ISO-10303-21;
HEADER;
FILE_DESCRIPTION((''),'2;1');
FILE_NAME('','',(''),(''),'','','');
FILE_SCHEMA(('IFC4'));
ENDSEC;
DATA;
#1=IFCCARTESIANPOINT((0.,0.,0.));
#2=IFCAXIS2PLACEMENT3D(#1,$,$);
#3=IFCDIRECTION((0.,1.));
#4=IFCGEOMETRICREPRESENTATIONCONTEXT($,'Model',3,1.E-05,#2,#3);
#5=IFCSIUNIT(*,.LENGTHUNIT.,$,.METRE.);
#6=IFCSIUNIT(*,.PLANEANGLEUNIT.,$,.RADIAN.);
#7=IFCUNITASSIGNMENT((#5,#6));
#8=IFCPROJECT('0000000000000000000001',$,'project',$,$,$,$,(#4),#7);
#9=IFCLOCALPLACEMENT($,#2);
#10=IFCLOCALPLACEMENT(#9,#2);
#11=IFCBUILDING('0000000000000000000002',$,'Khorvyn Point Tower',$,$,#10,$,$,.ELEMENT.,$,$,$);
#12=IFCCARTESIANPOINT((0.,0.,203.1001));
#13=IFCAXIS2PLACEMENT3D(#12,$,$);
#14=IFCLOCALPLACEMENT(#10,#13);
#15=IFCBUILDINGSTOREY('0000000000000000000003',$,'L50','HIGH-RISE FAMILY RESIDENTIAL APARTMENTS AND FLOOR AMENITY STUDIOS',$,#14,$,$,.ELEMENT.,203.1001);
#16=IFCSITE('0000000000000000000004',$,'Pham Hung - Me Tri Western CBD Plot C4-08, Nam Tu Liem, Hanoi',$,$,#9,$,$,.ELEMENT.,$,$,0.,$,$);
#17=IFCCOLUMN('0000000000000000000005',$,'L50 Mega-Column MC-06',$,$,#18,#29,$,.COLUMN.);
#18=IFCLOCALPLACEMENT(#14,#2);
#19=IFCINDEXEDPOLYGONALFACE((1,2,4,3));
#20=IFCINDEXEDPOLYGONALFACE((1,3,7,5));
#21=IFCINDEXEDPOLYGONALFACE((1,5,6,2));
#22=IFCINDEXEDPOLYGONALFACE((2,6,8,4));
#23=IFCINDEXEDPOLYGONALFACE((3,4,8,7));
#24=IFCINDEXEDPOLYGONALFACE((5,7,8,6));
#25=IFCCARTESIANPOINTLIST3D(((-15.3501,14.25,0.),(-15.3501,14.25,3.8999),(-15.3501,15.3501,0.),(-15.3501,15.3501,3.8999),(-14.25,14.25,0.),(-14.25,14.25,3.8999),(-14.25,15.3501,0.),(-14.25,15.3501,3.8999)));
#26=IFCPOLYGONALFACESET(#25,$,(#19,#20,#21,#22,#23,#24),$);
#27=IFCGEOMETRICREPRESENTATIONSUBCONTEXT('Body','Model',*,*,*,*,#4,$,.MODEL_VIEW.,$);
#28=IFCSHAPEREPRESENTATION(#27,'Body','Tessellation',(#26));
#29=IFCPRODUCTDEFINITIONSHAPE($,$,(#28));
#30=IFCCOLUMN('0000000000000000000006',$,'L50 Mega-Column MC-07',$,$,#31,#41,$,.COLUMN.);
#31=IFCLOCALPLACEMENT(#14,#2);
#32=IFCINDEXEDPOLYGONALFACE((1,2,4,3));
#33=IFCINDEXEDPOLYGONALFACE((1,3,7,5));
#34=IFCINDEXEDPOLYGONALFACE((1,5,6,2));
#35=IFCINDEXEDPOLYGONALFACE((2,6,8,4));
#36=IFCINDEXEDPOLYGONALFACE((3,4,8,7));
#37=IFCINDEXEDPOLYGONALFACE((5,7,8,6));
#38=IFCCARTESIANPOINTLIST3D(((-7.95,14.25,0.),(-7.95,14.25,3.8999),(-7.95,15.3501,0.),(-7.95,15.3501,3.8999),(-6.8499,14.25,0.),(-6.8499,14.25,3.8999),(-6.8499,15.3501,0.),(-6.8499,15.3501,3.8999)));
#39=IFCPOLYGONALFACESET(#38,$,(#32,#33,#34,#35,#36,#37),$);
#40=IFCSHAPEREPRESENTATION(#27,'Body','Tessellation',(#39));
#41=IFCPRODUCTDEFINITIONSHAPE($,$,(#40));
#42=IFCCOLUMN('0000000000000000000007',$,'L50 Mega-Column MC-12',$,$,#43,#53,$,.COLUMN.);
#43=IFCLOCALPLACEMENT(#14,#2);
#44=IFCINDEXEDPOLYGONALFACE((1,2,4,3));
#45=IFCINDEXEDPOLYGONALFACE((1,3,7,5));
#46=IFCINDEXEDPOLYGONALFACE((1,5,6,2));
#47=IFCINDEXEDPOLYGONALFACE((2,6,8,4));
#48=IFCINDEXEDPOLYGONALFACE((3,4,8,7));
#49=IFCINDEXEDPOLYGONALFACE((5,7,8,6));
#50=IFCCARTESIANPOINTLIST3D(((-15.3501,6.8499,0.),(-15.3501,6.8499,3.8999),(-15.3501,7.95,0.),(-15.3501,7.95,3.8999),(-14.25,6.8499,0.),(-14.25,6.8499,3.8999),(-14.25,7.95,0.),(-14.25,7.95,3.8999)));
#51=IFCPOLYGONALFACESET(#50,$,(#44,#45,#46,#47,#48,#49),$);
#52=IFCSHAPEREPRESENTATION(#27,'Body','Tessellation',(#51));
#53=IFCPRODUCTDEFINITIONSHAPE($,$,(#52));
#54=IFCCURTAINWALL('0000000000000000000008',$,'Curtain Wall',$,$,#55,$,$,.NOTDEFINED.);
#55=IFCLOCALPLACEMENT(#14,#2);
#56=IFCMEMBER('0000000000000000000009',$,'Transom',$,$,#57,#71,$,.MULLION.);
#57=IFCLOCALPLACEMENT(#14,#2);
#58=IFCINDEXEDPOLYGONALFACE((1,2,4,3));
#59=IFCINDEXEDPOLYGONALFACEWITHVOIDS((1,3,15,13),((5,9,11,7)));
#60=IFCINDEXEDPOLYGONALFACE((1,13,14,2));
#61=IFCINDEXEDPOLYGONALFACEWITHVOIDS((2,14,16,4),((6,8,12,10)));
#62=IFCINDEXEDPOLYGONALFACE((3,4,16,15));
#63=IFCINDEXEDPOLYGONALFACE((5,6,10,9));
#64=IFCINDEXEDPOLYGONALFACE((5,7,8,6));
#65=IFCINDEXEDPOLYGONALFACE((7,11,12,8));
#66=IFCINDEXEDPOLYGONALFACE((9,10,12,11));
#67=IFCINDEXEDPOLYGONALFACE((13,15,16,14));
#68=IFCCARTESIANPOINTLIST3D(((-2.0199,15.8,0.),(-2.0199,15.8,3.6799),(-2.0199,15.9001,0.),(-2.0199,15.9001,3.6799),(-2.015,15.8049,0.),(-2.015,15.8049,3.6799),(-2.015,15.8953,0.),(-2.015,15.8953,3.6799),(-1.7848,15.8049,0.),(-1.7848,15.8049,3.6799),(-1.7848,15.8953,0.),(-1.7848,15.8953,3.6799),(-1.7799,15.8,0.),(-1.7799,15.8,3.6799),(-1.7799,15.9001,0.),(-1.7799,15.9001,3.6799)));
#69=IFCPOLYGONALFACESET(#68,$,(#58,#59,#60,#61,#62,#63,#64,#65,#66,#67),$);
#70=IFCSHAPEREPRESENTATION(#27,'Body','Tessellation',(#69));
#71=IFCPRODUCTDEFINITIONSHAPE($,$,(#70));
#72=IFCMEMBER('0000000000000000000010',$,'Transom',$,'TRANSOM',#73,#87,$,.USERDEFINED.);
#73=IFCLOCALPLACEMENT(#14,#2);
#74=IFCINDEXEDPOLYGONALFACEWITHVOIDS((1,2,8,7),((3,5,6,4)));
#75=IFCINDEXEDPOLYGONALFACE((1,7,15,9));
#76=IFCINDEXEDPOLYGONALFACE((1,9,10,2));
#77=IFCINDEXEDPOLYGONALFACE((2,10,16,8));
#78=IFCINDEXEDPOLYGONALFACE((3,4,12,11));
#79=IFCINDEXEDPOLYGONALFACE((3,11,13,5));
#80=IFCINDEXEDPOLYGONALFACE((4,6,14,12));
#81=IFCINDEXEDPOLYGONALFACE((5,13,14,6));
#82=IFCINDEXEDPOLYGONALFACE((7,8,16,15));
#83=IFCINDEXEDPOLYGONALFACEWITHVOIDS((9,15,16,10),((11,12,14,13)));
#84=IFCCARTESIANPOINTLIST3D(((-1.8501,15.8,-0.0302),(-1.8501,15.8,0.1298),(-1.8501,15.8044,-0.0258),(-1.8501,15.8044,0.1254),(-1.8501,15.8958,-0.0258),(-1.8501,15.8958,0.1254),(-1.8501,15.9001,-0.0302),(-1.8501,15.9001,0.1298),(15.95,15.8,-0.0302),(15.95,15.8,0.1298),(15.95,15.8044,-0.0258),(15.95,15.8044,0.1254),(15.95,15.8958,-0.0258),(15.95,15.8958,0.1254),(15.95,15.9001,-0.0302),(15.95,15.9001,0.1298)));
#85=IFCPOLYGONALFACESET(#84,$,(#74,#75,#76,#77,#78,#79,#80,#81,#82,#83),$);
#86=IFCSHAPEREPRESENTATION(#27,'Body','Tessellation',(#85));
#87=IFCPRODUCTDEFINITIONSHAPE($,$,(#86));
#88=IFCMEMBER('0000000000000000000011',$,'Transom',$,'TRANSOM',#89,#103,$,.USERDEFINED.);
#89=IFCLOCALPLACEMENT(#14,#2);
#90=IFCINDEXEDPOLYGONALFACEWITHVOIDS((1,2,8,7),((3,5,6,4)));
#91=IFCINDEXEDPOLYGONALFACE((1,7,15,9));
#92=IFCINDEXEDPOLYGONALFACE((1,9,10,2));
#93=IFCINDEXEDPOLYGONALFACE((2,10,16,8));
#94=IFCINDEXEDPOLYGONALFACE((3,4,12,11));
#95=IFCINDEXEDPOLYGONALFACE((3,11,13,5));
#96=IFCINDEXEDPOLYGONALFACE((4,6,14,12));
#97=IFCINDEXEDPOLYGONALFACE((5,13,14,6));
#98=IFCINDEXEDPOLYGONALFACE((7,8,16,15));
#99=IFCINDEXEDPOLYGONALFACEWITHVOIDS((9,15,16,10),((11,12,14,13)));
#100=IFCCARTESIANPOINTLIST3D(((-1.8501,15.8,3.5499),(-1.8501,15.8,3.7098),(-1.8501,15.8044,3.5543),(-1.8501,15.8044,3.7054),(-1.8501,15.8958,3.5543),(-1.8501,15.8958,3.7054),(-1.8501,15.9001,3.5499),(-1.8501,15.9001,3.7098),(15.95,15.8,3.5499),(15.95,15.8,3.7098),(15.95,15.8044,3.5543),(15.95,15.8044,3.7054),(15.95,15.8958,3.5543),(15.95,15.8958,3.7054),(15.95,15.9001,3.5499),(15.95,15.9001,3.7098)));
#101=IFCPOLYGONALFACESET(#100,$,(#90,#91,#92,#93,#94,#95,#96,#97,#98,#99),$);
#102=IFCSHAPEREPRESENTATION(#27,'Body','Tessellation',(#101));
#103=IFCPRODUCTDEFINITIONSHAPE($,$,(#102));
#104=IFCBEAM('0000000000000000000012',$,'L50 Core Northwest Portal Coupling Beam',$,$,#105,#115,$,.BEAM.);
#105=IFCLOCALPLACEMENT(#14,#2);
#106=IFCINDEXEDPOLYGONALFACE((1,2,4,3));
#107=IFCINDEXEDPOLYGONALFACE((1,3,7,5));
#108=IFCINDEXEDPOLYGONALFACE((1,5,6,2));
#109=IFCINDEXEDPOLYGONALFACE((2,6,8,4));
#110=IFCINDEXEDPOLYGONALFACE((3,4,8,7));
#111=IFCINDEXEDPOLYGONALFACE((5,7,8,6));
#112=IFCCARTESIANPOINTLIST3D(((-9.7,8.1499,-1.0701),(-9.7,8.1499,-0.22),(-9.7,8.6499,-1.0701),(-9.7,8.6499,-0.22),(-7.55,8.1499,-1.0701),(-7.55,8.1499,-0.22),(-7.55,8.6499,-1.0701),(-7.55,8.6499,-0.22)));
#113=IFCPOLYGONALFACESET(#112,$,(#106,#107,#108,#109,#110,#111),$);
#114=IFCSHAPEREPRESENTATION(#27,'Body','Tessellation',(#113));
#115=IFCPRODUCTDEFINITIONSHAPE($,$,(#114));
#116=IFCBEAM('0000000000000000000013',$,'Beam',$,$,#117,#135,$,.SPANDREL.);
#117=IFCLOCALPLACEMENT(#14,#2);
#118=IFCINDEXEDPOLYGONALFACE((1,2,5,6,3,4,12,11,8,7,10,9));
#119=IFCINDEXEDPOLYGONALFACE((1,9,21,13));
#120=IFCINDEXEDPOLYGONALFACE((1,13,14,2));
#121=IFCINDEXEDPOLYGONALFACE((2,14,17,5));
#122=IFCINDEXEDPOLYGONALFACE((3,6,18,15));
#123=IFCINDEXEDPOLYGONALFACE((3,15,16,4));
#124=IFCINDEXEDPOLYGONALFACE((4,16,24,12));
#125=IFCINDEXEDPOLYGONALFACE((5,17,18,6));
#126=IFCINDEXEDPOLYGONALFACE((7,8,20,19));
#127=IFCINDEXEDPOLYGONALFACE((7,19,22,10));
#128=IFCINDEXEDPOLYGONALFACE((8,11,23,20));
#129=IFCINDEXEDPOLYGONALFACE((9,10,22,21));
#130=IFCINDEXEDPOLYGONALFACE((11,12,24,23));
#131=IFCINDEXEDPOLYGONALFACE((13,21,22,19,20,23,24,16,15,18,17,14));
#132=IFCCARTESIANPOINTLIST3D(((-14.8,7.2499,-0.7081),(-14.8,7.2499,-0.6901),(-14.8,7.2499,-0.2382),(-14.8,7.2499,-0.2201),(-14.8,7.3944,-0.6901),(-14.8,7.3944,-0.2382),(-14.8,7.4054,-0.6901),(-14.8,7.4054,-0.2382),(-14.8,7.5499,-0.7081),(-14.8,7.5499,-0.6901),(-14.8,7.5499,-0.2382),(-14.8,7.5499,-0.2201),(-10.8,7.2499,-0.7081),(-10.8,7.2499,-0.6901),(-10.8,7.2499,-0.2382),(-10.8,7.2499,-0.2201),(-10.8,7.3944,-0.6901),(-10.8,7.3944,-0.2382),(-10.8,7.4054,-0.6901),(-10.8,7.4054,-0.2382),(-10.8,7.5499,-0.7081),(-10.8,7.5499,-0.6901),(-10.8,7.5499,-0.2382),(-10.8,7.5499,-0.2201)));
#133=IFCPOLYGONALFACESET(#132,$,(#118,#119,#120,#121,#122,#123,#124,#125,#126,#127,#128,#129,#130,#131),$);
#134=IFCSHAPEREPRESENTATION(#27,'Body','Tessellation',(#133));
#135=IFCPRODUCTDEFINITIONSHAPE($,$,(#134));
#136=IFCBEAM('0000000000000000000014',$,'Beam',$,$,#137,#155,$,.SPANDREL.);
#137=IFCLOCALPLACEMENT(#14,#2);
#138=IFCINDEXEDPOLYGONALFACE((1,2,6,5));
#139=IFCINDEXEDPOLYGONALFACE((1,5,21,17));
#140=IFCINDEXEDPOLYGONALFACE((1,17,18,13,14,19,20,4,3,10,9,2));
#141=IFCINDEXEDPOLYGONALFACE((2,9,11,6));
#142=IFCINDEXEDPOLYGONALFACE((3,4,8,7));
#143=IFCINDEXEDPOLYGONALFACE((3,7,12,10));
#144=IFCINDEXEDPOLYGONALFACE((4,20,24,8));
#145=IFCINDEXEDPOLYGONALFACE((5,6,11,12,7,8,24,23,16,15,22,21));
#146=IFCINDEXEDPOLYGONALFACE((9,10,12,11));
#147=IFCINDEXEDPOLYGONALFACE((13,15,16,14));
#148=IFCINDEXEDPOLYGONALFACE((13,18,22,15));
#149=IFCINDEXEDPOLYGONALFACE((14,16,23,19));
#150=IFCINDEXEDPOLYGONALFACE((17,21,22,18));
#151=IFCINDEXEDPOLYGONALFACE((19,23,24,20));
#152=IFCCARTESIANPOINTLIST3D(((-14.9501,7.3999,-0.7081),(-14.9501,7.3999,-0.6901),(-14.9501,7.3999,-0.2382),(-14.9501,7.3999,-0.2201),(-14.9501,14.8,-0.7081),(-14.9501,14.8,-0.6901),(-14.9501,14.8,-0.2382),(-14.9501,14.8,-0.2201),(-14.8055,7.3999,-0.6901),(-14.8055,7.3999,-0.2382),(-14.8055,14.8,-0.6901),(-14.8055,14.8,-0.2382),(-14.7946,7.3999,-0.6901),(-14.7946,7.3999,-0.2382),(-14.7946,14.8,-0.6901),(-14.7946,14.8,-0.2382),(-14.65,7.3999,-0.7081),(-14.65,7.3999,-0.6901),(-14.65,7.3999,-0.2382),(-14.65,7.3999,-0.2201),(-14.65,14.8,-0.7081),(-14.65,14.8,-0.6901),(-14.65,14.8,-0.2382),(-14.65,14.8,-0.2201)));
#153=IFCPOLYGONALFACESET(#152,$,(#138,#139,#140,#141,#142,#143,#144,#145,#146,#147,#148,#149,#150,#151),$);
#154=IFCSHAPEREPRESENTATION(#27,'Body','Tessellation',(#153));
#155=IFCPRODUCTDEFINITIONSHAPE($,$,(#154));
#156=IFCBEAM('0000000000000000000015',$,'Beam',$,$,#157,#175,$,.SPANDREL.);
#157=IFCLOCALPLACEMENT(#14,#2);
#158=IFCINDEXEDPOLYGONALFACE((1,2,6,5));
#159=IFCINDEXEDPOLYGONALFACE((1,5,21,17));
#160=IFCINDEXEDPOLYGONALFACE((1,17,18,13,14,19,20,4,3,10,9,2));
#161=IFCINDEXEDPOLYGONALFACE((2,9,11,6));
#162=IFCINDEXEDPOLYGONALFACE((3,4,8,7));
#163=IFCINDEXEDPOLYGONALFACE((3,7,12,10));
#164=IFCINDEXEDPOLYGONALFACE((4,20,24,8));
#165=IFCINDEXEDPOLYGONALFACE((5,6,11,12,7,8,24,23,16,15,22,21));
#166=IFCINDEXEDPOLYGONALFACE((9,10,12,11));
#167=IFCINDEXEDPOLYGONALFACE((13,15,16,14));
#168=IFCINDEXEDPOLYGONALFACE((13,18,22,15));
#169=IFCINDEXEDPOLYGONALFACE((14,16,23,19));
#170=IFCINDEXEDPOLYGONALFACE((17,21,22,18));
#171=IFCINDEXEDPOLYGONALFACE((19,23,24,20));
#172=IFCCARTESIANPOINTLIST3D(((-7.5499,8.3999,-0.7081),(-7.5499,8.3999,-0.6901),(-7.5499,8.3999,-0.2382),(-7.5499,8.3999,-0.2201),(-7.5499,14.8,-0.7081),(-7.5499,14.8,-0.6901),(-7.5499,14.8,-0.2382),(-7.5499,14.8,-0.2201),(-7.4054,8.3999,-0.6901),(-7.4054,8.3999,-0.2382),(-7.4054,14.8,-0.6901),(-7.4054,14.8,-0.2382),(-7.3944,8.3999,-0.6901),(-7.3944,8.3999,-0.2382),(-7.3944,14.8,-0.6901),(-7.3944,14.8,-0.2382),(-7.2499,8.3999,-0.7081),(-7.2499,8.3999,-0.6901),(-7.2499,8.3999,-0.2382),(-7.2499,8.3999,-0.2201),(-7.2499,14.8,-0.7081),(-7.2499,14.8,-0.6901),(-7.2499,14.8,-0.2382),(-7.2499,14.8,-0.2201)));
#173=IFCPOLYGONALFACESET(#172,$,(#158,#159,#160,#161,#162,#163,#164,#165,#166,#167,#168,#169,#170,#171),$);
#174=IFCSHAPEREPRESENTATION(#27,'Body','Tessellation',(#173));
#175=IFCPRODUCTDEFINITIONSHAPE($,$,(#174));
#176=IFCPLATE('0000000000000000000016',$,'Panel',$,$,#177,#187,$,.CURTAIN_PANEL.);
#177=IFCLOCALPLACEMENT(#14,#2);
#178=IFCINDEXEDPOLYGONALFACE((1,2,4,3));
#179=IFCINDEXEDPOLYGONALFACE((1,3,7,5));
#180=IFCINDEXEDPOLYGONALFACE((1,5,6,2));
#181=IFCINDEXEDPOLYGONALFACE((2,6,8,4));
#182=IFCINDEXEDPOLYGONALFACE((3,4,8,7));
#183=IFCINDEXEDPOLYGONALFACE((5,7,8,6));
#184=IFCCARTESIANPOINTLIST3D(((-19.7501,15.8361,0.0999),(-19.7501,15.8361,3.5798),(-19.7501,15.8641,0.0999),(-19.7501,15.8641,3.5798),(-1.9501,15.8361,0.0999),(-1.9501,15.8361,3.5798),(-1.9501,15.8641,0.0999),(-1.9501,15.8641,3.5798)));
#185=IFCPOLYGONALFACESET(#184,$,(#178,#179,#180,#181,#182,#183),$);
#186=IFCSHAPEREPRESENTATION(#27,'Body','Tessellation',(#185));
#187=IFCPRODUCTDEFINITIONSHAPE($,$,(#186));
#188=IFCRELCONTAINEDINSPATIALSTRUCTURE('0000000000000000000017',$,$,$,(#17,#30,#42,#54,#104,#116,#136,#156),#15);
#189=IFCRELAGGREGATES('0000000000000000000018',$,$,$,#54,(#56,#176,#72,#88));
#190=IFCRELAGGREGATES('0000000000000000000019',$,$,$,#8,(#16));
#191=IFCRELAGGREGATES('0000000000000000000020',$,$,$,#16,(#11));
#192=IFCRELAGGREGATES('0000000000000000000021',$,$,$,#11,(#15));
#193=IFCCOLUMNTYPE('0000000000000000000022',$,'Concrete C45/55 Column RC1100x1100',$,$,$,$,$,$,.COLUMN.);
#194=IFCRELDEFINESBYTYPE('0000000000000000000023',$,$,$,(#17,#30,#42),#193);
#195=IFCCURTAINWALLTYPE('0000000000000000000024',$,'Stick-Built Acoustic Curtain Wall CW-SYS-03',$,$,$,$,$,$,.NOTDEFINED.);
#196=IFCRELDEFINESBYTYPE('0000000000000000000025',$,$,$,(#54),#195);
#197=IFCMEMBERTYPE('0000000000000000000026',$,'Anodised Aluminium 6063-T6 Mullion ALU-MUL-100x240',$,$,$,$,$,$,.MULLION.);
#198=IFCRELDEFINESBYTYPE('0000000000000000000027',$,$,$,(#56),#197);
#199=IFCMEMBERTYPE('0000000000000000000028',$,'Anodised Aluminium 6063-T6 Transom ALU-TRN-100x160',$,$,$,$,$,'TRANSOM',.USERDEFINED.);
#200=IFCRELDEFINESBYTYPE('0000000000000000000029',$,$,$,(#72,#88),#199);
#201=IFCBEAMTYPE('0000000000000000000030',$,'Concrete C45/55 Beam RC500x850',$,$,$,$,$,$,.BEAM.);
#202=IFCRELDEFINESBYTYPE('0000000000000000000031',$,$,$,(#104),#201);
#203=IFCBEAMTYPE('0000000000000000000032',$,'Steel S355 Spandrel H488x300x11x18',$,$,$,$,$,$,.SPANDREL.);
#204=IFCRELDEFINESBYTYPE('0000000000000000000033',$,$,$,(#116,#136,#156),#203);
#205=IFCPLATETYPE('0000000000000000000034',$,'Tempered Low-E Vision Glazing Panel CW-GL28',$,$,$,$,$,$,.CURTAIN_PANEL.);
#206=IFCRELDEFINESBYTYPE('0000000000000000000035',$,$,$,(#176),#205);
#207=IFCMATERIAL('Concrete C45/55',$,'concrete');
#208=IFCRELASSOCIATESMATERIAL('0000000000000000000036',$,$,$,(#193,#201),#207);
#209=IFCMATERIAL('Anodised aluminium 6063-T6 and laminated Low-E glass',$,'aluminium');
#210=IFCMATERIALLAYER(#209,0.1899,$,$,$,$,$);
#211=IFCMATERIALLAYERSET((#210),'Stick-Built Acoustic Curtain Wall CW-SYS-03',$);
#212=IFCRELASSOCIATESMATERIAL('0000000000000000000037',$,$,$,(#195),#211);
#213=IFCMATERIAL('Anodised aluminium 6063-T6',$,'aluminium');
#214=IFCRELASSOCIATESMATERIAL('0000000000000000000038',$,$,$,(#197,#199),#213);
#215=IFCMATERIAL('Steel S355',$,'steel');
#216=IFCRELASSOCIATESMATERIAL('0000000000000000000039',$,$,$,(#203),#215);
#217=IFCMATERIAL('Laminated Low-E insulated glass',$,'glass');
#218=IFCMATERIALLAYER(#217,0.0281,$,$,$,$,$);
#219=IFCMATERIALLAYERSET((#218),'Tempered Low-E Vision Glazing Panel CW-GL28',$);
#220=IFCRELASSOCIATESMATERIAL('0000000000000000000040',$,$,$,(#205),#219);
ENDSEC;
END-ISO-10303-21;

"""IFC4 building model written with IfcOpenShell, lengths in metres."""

from ifc_helpers import new_model, si_unit, direction, frame, origin, origin_2d, place, context, subcontext, project, spatial, rectangle, hollow_rectangle, i_section, extrude, material, layer, layer_set, material_profile, profile_set, type_object, element, aggregate, save


model = new_model("IFC4")

# Units and contexts
model_context = context("Model", 3, precision=1e-05, world=origin(), true_north=direction((0.0, 1.0)))
body_context = subcontext(model_context, "Body", "Model", "MODEL_VIEW")
ifc_project = project(units=[si_unit("LENGTHUNIT", "METRE"), si_unit("PLANEANGLEUNIT", "RADIAN")], contexts=[model_context])

# Site, building, storey
site_placement = place(None, origin())
site = spatial("IfcSite", under=ifc_project, at=site_placement, Name="Pham Hung - Me Tri Western CBD Plot C4-08, Nam Tu Liem, Hanoi", CompositionType="ELEMENT", RefElevation=0.0)
building_placement = place(site_placement, origin())
building = spatial("IfcBuilding", under=site, at=building_placement, Name="Khorvyn Point Tower", CompositionType="ELEMENT")
storey_placement = place(building_placement, frame((0.0, 0.0, 203.1001)))
storey = spatial("IfcBuildingStorey", under=building, at=storey_placement, Name="L50", Description="HIGH-RISE FAMILY RESIDENTIAL APARTMENTS AND FLOOR AMENITY STUDIOS", CompositionType="ELEMENT", Elevation=203.1001)

# Columns
ifc_material_1 = material(Name="Concrete C45/55", Category="concrete")
ifc_material_profile_1 = material_profile(ifc_material_1, rectangle(XDim=1.1001, YDim=1.1001, at=origin_2d()))
ifc_profile_set_1 = profile_set([ifc_material_profile_1], Name="Concrete C45/55 RC1100x1100")
column_type = type_object("IfcColumnType", Name="Concrete C45/55 Column RC1100x1100", PredefinedType="COLUMN", material=ifc_profile_set_1)
for number, where, z_axis, x_axis, name in (
    (1, (-14.8, 14.8, 0.0), (0.0, 0.0, 1.0), (1.0, 0.0, 0.0), "L50 Mega-Column MC-06"),
    (2, (-7.3999, 14.8, 0.0), (0.0, 0.0, 1.0), (1.0, 0.0, 0.0), "L50 Mega-Column MC-07"),
    (3, (-14.8, 7.3999, 0.0), (0.0, 0.0, 1.0), (1.0, 0.0, 0.0), "L50 Mega-Column MC-12"),
):
    element("IfcColumn", number, at=place(storey_placement, frame(where, z_axis=z_axis, x_axis=x_axis)), inside=storey, type_object=column_type, Name=name, PredefinedType="COLUMN", context=body_context, shape_type="SweptSolid", body=[
        extrude(rectangle(XDim=1.1001, YDim=1.1001, at=origin_2d()), origin(), (0.0, 0.0, 1.0), 3.8999),
    ])

# Curtain wall, members
ifc_material_2 = material(Name="Anodised aluminium 6063-T6 and laminated Low-E glass", Category="aluminium")
ifc_layer_1 = layer(ifc_material_2, 0.1899)
ifc_layer_set_1 = layer_set([ifc_layer_1], Name="Stick-Built Acoustic Curtain Wall CW-SYS-03")
curtain_wall_type = type_object("IfcCurtainWallType", Name="Stick-Built Acoustic Curtain Wall CW-SYS-03", PredefinedType="NOTDEFINED", material=ifc_layer_set_1)
curtain_wall_placement = place(storey_placement, origin())
curtain_wall = element("IfcCurtainWall", 4, at=curtain_wall_placement, inside=storey, type_object=curtain_wall_type, Name="Curtain Wall", PredefinedType="NOTDEFINED")
ifc_material_3 = material(Name="Anodised aluminium 6063-T6", Category="aluminium")
ifc_material_profile_2 = material_profile(ifc_material_3, hollow_rectangle(XDim=0.1001, YDim=0.24, WallThickness=0.0049, at=origin_2d()))
ifc_profile_set_2 = profile_set([ifc_material_profile_2], Name="Anodised aluminium 6063-T6 ALU-MUL-100x240")
member_type_1 = type_object("IfcMemberType", Name="Anodised Aluminium 6063-T6 Mullion ALU-MUL-100x240", PredefinedType="MULLION", material=ifc_profile_set_2)
member_1_placement = place(storey_placement, frame((-1.8999, 15.8501, 0.0), z_axis=(0.0, 0.0, 1.0), x_axis=(0.0, 1.0, 0.0)))
member_1 = element("IfcMember", 5, at=member_1_placement, type_object=member_type_1, Name="Transom", PredefinedType="MULLION", context=body_context, shape_type="SweptSolid", body=[
    extrude(hollow_rectangle(XDim=0.1001, YDim=0.24, WallThickness=0.0049, at=origin_2d()), origin(), (0.0, 0.0, 1.0), 3.6799),
])
ifc_material_profile_3 = material_profile(ifc_material_3, hollow_rectangle(XDim=0.1001, YDim=0.1599, WallThickness=0.0044, at=origin_2d()))
ifc_profile_set_3 = profile_set([ifc_material_profile_3], Name="Anodised aluminium 6063-T6 ALU-TRN-100x160")
member_type_2 = type_object("IfcMemberType", Name="Anodised Aluminium 6063-T6 Transom ALU-TRN-100x160", ElementType="TRANSOM", PredefinedType="USERDEFINED", material=ifc_profile_set_3)
member_2_placement = place(storey_placement, frame((-1.8501, 15.8501, 0.0498), z_axis=(1.0, 0.0, 0.0), x_axis=(0.0, 1.0, 0.0)))
member_2 = element("IfcMember", 6, at=member_2_placement, type_object=member_type_2, Name="Transom", ObjectType="TRANSOM", PredefinedType="USERDEFINED", context=body_context, shape_type="SweptSolid", body=[
    extrude(hollow_rectangle(XDim=0.1001, YDim=0.1599, WallThickness=0.0044, at=origin_2d()), origin(), (0.0, 0.0, 1.0), 17.8),
])
member_3_placement = place(storey_placement, frame((-1.8501, 15.8501, 3.6299), z_axis=(1.0, 0.0, 0.0), x_axis=(0.0, 1.0, 0.0)))
member_3 = element("IfcMember", 7, at=member_3_placement, type_object=member_type_2, Name="Transom", ObjectType="TRANSOM", PredefinedType="USERDEFINED", context=body_context, shape_type="SweptSolid", body=[
    extrude(hollow_rectangle(XDim=0.1001, YDim=0.1599, WallThickness=0.0044, at=origin_2d()), origin(), (0.0, 0.0, 1.0), 17.8),
])

# Beams
ifc_material_profile_4 = material_profile(ifc_material_1, rectangle(XDim=0.5, YDim=0.8501, at=origin_2d()))
ifc_profile_set_4 = profile_set([ifc_material_profile_4], Name="Concrete C45/55 RC500x850")
beam_type_1 = type_object("IfcBeamType", Name="Concrete C45/55 Beam RC500x850", PredefinedType="BEAM", material=ifc_profile_set_4)
beam_1_placement = place(storey_placement, frame((-9.7, 8.3999, -0.645), z_axis=(1.0, 0.0, 0.0), x_axis=(0.0, 1.0, 0.0)))
element("IfcBeam", 8, at=beam_1_placement, inside=storey, type_object=beam_type_1, Name="L50 Core Northwest Portal Coupling Beam", PredefinedType="BEAM", context=body_context, shape_type="SweptSolid", body=[
    extrude(rectangle(XDim=0.5, YDim=0.8501, at=origin_2d()), origin(), (0.0, 0.0, 1.0), 2.1499),
])
ifc_material_4 = material(Name="Steel S355", Category="steel")
ifc_material_profile_5 = material_profile(ifc_material_4, i_section(OverallWidth=0.3, OverallDepth=0.488, WebThickness=0.011, FlangeThickness=0.0181, at=origin_2d()))
ifc_profile_set_5 = profile_set([ifc_material_profile_5], Name="Steel S355 H488x300x11x18")
beam_type_2 = type_object("IfcBeamType", Name="Steel S355 Spandrel H488x300x11x18", PredefinedType="SPANDREL", material=ifc_profile_set_5)
beam_2_placement = place(storey_placement, frame((-14.8, 7.3999, -0.4641), z_axis=(1.0, 0.0, 0.0), x_axis=(0.0, 1.0, 0.0)))
element("IfcBeam", 9, at=beam_2_placement, inside=storey, type_object=beam_type_2, Name="Beam", PredefinedType="SPANDREL", context=body_context, shape_type="SweptSolid", body=[
    extrude(i_section(OverallWidth=0.3, OverallDepth=0.488, WebThickness=0.011, FlangeThickness=0.0181, at=origin_2d()), origin(), (0.0, 0.0, 1.0), 4.0),
])
beam_3_placement = place(storey_placement, frame((-14.8, 7.3999, -0.4641), z_axis=(0.0, 1.0, 0.0), x_axis=(-1.0, 0.0, 0.0)))
element("IfcBeam", 10, at=beam_3_placement, inside=storey, type_object=beam_type_2, Name="Beam", PredefinedType="SPANDREL", context=body_context, shape_type="SweptSolid", body=[
    extrude(i_section(OverallWidth=0.3, OverallDepth=0.488, WebThickness=0.011, FlangeThickness=0.0181, at=origin_2d()), origin(), (0.0, 0.0, 1.0), 7.4001),
])
beam_4_placement = place(storey_placement, frame((-7.3999, 8.3999, -0.4641), z_axis=(0.0, 1.0, 0.0), x_axis=(-1.0, 0.0, 0.0)))
element("IfcBeam", 11, at=beam_4_placement, inside=storey, type_object=beam_type_2, Name="Beam", PredefinedType="SPANDREL", context=body_context, shape_type="SweptSolid", body=[
    extrude(i_section(OverallWidth=0.3, OverallDepth=0.488, WebThickness=0.011, FlangeThickness=0.0181, at=origin_2d()), origin(), (0.0, 0.0, 1.0), 6.4001),
])

# Plate
ifc_material_5 = material(Name="Laminated Low-E insulated glass", Category="glass")
ifc_layer_2 = layer(ifc_material_5, 0.0281)
ifc_layer_set_2 = layer_set([ifc_layer_2], Name="Tempered Low-E Vision Glazing Panel CW-GL28")
plate_type = type_object("IfcPlateType", Name="Tempered Low-E Vision Glazing Panel CW-GL28", PredefinedType="CURTAIN_PANEL", material=ifc_layer_set_2)
plate_placement = place(storey_placement, frame((-10.8501, 15.8501, 0.0999), z_axis=(0.0, 0.0, 1.0), x_axis=(1.0, 0.0, 0.0)))
plate = element("IfcPlate", 12, at=plate_placement, type_object=plate_type, Name="Panel", PredefinedType="CURTAIN_PANEL", context=body_context, shape_type="SweptSolid", body=[
    extrude(rectangle(XDim=17.8, YDim=0.0281, at=origin_2d()), origin(), (0.0, 0.0, 1.0), 3.48),
])
aggregate(curtain_wall, [member_1, plate, member_2, member_3])

save(model, "model.ifc")
